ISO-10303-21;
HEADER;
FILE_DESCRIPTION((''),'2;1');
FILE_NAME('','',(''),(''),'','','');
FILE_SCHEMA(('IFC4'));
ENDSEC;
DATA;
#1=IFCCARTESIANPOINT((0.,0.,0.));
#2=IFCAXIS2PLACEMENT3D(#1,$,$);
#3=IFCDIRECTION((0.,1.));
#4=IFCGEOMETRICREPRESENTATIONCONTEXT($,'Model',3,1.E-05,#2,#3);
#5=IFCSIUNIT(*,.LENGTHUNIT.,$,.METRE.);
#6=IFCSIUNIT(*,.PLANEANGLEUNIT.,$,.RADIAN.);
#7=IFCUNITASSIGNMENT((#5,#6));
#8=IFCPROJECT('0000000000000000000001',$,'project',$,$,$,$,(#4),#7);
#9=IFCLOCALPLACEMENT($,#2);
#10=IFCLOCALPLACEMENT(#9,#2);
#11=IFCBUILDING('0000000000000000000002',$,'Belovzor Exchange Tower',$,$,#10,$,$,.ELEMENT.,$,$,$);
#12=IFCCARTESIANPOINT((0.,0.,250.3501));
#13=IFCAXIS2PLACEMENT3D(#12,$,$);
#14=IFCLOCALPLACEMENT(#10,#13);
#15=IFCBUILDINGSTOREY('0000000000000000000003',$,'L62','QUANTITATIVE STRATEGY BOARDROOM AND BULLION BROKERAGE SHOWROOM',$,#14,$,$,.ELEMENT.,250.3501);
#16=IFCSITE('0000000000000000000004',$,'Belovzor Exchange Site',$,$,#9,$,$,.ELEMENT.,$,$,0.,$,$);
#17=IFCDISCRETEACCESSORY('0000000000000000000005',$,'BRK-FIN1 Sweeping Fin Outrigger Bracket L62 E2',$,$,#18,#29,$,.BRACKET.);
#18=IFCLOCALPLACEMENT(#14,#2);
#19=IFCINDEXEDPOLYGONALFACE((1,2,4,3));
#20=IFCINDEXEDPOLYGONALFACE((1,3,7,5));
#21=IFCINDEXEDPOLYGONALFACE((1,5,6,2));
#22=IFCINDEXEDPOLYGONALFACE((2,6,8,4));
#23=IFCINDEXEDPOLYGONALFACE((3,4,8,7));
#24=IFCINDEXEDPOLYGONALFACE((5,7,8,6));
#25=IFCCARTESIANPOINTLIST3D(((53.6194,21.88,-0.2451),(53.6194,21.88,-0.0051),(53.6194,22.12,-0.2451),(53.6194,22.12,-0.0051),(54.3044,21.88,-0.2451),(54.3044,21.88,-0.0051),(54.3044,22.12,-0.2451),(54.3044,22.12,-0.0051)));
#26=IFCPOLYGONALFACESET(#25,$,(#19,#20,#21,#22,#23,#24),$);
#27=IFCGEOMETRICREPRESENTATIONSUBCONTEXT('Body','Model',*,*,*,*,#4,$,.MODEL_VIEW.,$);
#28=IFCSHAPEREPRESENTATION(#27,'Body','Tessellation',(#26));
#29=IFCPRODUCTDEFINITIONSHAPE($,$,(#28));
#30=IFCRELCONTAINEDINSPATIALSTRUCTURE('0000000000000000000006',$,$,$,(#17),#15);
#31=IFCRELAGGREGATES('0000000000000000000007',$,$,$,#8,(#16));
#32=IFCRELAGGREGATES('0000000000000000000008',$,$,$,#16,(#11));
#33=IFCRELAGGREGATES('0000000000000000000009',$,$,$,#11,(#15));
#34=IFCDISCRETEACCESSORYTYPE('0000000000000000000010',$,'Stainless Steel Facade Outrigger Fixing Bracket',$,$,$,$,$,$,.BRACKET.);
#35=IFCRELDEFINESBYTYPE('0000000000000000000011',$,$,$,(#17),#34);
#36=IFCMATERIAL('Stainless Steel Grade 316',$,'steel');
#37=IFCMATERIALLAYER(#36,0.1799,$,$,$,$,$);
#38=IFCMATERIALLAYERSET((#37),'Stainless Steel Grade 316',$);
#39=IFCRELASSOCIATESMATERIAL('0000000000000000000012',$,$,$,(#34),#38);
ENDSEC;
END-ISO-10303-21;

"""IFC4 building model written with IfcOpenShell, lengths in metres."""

from ifc_helpers import new_model, si_unit, direction, frame, origin, origin_2d, place, context, subcontext, project, spatial, rectangle, extrude, material, layer, layer_set, type_object, element, save


model = new_model("IFC4")

# Units and contexts
model_context = context("Model", 3, precision=1e-05, world=origin(), true_north=direction((0.0, 1.0)))
body_context = subcontext(model_context, "Body", "Model", "MODEL_VIEW")
ifc_project = project(units=[si_unit("LENGTHUNIT", "METRE"), si_unit("PLANEANGLEUNIT", "RADIAN")], contexts=[model_context])

# Site, building, storey
site_placement = place(None, origin())
site = spatial("IfcSite", under=ifc_project, at=site_placement, Name="Belovzor Exchange Site", CompositionType="ELEMENT", RefElevation=0.0)
building_placement = place(site_placement, origin())
building = spatial("IfcBuilding", under=site, at=building_placement, Name="Belovzor Exchange Tower", CompositionType="ELEMENT")
storey_placement = place(building_placement, frame((0.0, 0.0, 250.3501)))
storey = spatial("IfcBuildingStorey", under=building, at=storey_placement, Name="L62", Description="QUANTITATIVE STRATEGY BOARDROOM AND BULLION BROKERAGE SHOWROOM", CompositionType="ELEMENT", Elevation=250.3501)

# Discrete accessory
ifc_material_1 = material(Name="Stainless Steel Grade 316", Category="steel")
ifc_layer_1 = layer(ifc_material_1, 0.1799)
ifc_layer_set_1 = layer_set([ifc_layer_1], Name="Stainless Steel Grade 316")
discrete_accessory_type = type_object("IfcDiscreteAccessoryType", Name="Stainless Steel Facade Outrigger Fixing Bracket", PredefinedType="BRACKET", material=ifc_layer_set_1)
discrete_accessory_placement = place(storey_placement, frame((53.9619, 22.0, -0.2451), z_axis=(0.0, 0.0, 1.0), x_axis=(1.0, 0.0, 0.0)))
element("IfcDiscreteAccessory", 1, at=discrete_accessory_placement, inside=storey, type_object=discrete_accessory_type, Name="BRK-FIN1 Sweeping Fin Outrigger Bracket L62 E2", PredefinedType="BRACKET", context=body_context, shape_type="SweptSolid", body=[
    extrude(rectangle(XDim=0.6851, YDim=0.24, at=origin_2d()), origin(), (0.0, 0.0, 1.0), 0.24),
])

save(model, "model.ifc")
